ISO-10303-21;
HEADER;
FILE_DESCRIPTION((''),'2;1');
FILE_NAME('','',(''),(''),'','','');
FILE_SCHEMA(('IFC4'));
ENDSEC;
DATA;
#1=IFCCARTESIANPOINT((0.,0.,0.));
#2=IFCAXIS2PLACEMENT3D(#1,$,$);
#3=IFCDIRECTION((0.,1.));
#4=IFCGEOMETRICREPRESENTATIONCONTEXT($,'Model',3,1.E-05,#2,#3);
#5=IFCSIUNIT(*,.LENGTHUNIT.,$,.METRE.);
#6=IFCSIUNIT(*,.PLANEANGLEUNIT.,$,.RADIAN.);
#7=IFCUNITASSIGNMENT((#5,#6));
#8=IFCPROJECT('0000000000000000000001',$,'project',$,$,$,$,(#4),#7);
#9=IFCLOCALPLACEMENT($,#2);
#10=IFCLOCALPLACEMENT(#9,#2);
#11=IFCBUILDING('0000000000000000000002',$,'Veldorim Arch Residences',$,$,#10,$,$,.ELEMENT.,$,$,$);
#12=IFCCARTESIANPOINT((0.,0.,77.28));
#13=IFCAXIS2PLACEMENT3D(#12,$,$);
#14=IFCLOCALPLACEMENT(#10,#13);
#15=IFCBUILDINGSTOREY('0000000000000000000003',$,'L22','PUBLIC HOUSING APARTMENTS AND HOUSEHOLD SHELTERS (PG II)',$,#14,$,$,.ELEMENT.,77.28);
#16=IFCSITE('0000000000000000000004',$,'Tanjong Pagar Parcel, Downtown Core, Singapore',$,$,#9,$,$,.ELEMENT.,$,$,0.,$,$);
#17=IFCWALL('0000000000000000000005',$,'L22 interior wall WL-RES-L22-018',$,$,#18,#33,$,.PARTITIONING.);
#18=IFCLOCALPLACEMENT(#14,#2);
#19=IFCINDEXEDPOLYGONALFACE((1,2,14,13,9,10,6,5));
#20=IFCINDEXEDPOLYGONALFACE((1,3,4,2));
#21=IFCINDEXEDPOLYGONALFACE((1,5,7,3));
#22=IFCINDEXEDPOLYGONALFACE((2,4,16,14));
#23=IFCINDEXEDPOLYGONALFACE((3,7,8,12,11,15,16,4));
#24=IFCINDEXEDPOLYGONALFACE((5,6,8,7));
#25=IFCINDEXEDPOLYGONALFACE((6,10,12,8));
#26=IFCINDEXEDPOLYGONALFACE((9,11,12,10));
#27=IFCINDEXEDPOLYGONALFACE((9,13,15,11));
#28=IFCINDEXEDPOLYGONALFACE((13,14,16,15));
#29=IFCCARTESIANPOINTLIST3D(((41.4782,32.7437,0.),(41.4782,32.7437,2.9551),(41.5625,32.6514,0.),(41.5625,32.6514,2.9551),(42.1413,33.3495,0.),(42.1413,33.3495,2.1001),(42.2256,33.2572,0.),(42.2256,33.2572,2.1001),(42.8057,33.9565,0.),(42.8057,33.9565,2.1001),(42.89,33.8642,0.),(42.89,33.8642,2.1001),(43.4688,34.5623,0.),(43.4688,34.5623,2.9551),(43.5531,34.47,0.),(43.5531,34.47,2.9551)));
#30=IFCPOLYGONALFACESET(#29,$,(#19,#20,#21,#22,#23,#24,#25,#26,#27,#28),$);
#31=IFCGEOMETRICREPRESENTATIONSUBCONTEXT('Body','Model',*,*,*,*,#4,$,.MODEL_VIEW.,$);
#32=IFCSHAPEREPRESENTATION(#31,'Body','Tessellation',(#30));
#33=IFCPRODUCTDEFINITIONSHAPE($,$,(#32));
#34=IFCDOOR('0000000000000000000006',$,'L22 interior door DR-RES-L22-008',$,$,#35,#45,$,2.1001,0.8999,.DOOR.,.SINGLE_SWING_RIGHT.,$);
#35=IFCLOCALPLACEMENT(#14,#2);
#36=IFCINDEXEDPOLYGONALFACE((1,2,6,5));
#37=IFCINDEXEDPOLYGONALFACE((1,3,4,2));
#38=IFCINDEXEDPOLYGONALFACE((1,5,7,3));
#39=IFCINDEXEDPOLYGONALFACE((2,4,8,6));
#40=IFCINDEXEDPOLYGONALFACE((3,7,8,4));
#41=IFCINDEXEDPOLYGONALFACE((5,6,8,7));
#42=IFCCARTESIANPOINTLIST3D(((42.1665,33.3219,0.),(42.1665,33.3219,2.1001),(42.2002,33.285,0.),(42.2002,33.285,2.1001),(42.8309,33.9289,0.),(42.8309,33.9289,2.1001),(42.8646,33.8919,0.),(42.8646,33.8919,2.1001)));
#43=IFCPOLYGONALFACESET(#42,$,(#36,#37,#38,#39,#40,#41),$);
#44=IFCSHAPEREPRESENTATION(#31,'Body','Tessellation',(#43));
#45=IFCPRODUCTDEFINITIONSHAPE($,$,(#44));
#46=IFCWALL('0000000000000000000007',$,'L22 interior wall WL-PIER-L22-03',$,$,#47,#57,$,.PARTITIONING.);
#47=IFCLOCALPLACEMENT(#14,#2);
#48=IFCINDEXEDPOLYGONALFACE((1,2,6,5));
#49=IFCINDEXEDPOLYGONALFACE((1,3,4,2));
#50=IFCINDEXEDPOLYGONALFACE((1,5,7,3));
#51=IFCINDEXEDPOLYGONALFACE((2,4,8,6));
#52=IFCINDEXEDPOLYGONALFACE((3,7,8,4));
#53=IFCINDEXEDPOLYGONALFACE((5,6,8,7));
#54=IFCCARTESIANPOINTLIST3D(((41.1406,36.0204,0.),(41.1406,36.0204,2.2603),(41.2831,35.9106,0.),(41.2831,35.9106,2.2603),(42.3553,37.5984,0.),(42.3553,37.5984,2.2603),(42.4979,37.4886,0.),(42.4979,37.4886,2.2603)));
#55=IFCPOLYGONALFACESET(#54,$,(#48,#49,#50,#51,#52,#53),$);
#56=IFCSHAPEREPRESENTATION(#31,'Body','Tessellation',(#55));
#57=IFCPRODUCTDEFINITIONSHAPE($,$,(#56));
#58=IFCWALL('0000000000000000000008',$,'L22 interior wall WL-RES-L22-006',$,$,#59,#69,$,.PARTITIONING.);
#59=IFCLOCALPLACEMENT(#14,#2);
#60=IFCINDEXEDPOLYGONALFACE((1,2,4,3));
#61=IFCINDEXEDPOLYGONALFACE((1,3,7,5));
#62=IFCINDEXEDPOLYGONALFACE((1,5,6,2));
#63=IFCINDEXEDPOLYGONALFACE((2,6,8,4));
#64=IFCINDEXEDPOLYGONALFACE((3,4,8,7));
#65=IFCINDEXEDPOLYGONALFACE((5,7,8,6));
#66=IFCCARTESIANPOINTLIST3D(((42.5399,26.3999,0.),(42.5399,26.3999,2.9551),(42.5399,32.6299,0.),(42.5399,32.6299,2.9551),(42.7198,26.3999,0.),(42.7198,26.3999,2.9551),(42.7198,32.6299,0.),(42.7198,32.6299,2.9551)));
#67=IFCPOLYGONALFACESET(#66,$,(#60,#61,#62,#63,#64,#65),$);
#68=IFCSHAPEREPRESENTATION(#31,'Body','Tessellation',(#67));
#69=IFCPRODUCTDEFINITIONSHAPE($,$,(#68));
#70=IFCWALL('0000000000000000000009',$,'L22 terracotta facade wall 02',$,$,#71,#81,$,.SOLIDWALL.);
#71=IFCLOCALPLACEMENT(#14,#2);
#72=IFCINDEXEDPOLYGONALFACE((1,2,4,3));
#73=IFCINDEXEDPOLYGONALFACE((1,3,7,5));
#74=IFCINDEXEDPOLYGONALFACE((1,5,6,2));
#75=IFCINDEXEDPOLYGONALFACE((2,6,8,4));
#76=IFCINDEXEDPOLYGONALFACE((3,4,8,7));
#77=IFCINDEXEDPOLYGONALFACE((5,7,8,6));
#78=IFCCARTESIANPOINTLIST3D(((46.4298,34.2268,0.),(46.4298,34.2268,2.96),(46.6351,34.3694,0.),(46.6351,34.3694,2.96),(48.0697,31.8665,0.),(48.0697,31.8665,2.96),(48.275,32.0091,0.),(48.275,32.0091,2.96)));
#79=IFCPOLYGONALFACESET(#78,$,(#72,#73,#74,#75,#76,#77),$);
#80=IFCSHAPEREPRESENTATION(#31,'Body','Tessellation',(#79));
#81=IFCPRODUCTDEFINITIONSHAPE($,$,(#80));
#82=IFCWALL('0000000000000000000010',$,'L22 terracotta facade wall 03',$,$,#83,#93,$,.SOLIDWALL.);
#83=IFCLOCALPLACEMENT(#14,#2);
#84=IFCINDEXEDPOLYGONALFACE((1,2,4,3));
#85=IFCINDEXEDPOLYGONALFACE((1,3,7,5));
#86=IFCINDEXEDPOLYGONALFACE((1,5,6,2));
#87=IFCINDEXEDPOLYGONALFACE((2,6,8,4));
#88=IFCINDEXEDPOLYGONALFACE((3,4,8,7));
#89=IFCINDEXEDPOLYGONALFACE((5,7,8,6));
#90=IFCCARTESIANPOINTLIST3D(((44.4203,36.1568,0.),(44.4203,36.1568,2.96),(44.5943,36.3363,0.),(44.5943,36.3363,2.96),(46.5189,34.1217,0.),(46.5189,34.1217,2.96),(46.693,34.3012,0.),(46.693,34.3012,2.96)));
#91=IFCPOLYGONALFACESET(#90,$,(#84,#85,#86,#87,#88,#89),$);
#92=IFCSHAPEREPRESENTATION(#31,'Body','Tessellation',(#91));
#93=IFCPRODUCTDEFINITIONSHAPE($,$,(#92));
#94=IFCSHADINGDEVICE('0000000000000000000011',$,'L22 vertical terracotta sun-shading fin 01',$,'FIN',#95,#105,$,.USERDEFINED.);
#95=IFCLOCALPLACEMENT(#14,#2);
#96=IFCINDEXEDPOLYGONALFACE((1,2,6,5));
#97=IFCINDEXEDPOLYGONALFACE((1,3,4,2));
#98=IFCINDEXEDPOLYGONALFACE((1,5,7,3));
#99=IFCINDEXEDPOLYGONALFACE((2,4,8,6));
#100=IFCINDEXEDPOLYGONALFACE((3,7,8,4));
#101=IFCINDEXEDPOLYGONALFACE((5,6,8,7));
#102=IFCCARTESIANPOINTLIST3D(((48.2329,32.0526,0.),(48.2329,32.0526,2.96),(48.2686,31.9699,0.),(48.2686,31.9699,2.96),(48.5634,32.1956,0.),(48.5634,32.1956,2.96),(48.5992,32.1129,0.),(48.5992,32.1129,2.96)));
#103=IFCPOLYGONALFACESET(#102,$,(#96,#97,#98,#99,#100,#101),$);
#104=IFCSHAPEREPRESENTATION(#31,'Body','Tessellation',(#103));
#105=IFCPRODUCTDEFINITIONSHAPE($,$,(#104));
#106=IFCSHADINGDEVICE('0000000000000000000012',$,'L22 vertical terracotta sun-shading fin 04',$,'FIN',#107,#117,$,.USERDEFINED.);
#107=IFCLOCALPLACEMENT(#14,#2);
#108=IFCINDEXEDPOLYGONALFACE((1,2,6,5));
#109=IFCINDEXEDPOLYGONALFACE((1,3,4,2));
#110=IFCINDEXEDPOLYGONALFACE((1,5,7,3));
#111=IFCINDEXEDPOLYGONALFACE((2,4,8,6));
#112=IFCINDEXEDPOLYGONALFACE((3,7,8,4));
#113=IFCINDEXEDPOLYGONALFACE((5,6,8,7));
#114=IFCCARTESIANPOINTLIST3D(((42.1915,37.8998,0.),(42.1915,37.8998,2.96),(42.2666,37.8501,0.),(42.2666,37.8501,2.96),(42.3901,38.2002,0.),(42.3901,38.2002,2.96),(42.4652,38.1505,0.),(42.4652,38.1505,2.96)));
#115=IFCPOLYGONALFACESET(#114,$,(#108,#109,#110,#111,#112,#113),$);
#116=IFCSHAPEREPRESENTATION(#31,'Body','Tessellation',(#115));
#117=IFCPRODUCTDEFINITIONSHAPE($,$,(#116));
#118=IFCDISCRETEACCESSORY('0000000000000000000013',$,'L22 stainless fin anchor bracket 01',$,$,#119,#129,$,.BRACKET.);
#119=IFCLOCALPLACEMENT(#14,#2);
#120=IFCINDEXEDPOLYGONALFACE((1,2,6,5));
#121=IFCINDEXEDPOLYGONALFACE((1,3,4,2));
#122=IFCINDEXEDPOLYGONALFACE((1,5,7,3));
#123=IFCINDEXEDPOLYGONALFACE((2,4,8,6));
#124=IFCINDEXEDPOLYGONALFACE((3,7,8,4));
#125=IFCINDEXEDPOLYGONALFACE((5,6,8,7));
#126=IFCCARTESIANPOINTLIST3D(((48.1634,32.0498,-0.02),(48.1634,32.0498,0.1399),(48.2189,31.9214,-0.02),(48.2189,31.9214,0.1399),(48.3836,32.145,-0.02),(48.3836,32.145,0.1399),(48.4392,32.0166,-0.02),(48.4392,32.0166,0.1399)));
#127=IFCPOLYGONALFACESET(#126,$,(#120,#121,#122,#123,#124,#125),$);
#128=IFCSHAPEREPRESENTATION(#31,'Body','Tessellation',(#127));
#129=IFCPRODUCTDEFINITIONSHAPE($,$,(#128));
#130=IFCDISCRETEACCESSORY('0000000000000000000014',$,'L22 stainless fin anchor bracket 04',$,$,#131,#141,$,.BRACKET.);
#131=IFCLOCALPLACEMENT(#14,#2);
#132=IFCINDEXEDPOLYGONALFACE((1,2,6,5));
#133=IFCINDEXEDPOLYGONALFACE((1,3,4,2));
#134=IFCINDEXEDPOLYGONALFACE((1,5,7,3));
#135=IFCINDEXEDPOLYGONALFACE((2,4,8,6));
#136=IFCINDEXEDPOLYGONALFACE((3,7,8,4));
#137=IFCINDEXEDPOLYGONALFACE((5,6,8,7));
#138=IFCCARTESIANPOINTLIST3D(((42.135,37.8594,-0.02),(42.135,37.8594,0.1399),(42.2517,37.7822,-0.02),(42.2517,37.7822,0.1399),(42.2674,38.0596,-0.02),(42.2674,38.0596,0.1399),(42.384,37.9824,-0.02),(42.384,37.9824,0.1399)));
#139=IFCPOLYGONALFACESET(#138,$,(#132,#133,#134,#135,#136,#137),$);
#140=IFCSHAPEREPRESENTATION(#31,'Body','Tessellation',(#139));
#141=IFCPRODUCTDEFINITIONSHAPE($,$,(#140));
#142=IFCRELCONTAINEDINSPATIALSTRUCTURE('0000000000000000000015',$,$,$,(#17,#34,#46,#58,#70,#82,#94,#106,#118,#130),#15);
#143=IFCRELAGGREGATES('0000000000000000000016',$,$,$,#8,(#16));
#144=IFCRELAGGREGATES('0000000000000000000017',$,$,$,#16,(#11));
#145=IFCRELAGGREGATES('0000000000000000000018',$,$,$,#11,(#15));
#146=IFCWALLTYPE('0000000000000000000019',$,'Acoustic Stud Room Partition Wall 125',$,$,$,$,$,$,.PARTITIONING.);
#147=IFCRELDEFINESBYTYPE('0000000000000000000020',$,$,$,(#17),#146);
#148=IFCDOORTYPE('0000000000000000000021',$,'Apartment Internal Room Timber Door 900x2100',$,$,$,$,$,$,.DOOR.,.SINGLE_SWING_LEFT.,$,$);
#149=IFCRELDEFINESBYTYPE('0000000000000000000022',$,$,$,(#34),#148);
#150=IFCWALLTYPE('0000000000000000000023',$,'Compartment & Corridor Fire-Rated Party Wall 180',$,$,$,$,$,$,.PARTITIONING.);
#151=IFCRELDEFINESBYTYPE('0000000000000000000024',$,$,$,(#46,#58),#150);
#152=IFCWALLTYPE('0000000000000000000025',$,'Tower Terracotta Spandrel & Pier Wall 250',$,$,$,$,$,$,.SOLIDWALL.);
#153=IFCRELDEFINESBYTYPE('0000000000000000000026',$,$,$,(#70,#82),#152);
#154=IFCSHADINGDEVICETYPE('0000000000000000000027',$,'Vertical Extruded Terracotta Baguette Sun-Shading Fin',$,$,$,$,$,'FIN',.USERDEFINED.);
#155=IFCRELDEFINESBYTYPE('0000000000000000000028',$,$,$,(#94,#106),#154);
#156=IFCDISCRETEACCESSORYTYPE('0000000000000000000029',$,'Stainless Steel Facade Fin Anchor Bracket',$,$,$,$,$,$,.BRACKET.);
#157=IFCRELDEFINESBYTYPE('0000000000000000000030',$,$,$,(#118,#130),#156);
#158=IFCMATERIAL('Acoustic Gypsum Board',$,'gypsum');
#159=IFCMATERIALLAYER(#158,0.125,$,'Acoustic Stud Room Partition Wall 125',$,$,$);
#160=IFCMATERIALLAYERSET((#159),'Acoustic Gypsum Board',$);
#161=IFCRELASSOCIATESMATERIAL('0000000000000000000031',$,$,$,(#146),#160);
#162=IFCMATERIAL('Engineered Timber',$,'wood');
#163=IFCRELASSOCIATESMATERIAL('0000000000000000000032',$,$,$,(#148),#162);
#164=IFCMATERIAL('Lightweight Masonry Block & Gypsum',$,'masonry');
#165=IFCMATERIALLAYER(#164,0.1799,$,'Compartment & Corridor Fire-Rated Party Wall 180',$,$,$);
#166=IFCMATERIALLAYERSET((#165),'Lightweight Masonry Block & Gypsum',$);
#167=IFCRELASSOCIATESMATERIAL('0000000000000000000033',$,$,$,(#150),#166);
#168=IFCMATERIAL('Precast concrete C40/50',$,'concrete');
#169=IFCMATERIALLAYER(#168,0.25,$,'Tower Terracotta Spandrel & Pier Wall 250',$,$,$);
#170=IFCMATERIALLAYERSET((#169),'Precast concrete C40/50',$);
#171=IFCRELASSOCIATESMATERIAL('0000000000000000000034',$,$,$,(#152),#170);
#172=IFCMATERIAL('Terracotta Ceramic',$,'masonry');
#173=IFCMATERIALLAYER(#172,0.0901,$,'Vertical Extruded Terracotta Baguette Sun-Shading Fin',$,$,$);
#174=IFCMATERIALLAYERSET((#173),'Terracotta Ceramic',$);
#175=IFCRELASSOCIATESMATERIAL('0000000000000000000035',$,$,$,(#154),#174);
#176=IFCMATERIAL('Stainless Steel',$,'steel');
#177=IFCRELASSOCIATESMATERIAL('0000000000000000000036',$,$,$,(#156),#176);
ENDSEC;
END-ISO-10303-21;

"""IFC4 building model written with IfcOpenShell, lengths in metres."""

from ifc_helpers import new_model, si_unit, direction, frame, frame_2d, origin, origin_2d, place, context, subcontext, project, spatial, rectangle, extrude, material, layer, layer_set, type_object, element, fill, save


model = new_model("IFC4")

# Units and contexts
model_context = context("Model", 3, precision=1e-05, world=origin(), true_north=direction((0.0, 1.0)))
body_context = subcontext(model_context, "Body", "Model", "MODEL_VIEW")
ifc_project = project(units=[si_unit("LENGTHUNIT", "METRE"), si_unit("PLANEANGLEUNIT", "RADIAN")], contexts=[model_context])

# Site, building, storey
site_placement = place(None, origin())
site = spatial("IfcSite", under=ifc_project, at=site_placement, Name="Tanjong Pagar Parcel, Downtown Core, Singapore", CompositionType="ELEMENT", RefElevation=0.0)
building_placement = place(site_placement, origin())
building = spatial("IfcBuilding", under=site, at=building_placement, Name="Veldorim Arch Residences", CompositionType="ELEMENT")
storey_placement = place(building_placement, frame((0.0, 0.0, 77.28)))
storey = spatial("IfcBuildingStorey", under=building, at=storey_placement, Name="L22", Description="PUBLIC HOUSING APARTMENTS AND HOUSEHOLD SHELTERS (PG II)", CompositionType="ELEMENT", Elevation=77.28)

# Wall, opening, door
ifc_material_1 = material(Name="Acoustic Gypsum Board", Category="gypsum")
ifc_layer_1 = layer(ifc_material_1, 0.125, Name="Acoustic Stud Room Partition Wall 125")
ifc_layer_set_1 = layer_set([ifc_layer_1], Name="Acoustic Gypsum Board")
wall_type_1 = type_object("IfcWallType", Name="Acoustic Stud Room Partition Wall 125", PredefinedType="PARTITIONING", material=ifc_layer_set_1)
wall_1_placement = place(storey_placement, frame((43.511, 34.5161, 0.0), z_axis=(0.0, 0.0, 1.0), x_axis=(-0.738303, -0.674469, 0.0)))
wall_1 = element("IfcWall", 1, at=wall_1_placement, inside=storey, type_object=wall_type_1, Name="L22 interior wall WL-RES-L22-018", PredefinedType="PARTITIONING", context=body_context, shape_type="SweptSolid", body=[
    extrude(rectangle(XDim=2.6963, YDim=0.125, at=frame_2d((1.3481, 0.0))), origin(), (0.0, 0.0, 1.0), 2.9551),
])
opening_placement = place(wall_1_placement, frame((0.8982, 0.0, 0.0)))
opening = element("IfcOpeningElement", 2, at=opening_placement, cuts=wall_1, PredefinedType="OPENING", context=body_context, shape_type="SweptSolid", body=[
    extrude(rectangle(XDim=0.8999, YDim=2.1001, at=frame_2d((0.45, 1.05))), frame((0.0, 0.0725, 0.0), z_axis=(0.0, -1.0, 0.0), x_axis=(1.0, 0.0, 0.0)), (0.0, 0.0, 1.0), 0.145),
])
ifc_material_2 = material(Name="Engineered Timber", Category="wood")
door_type = type_object("IfcDoorType", Name="Apartment Internal Room Timber Door 900x2100", OperationType="SINGLE_SWING_LEFT", PredefinedType="DOOR", material=ifc_material_2)
door_placement = place(opening_placement, origin())
door = element("IfcDoor", 3, at=door_placement, inside=storey, type_object=door_type, Name="L22 interior door DR-RES-L22-008", OperationType="SINGLE_SWING_RIGHT", OverallHeight=2.1001, OverallWidth=0.8999, PredefinedType="DOOR", context=body_context, shape_type="SweptSolid", body=[
    extrude(rectangle(XDim=0.8999, YDim=2.1001, at=frame_2d((0.45, 1.05))), frame((0.0, 0.0249, 0.0), z_axis=(0.0, -1.0, 0.0), x_axis=(1.0, 0.0, 0.0)), (0.0, 0.0, 1.0), 0.05),
])
fill(opening, door)

# Walls
ifc_material_3 = material(Name="Lightweight Masonry Block & Gypsum", Category="masonry")
ifc_layer_2 = layer(ifc_material_3, 0.1799, Name="Compartment & Corridor Fire-Rated Party Wall 180")
ifc_layer_set_2 = layer_set([ifc_layer_2], Name="Lightweight Masonry Block & Gypsum")
wall_type_2 = type_object("IfcWallType", Name="Compartment & Corridor Fire-Rated Party Wall 180", PredefinedType="PARTITIONING", material=ifc_layer_set_2)
wall_2_placement = place(storey_placement, frame((41.2119, 35.9656, 0.0), z_axis=(0.0, 0.0, 1.0), x_axis=(0.609995, 0.792405, 0.0)))
element("IfcWall", 4, at=wall_2_placement, inside=storey, type_object=wall_type_2, Name="L22 interior wall WL-PIER-L22-03", PredefinedType="PARTITIONING", context=body_context, shape_type="SweptSolid", body=[
    extrude(rectangle(XDim=1.9915, YDim=0.1799, at=frame_2d((0.9956, 0.0))), origin(), (0.0, 0.0, 1.0), 2.2603),
])
wall_3_placement = place(storey_placement, frame((42.6299, 32.6299, 0.0), z_axis=(0.0, 0.0, 1.0), x_axis=(0.0, -1.0, 0.0)))
element("IfcWall", 5, at=wall_3_placement, inside=storey, type_object=wall_type_2, Name="L22 interior wall WL-RES-L22-006", PredefinedType="PARTITIONING", context=body_context, shape_type="SweptSolid", body=[
    extrude(rectangle(XDim=6.23, YDim=0.1799, at=frame_2d((3.115, 0.0))), origin(), (0.0, 0.0, 1.0), 2.9551),
])
ifc_material_4 = material(Name="Precast concrete C40/50", Category="concrete")
ifc_layer_3 = layer(ifc_material_4, 0.25, Name="Tower Terracotta Spandrel & Pier Wall 250")
ifc_layer_set_3 = layer_set([ifc_layer_3], Name="Precast concrete C40/50")
wall_type_3 = type_object("IfcWallType", Name="Tower Terracotta Spandrel & Pier Wall 250", PredefinedType="SOLIDWALL", material=ifc_layer_set_3)
wall_4_placement = place(storey_placement, frame((46.5325, 34.2981, 0.0), z_axis=(0.0, 0.0, 1.0), x_axis=(0.570574, -0.821246, 0.0)))
element("IfcWall", 6, at=wall_4_placement, inside=storey, type_object=wall_type_3, Name="L22 terracotta facade wall 02", PredefinedType="SOLIDWALL", context=body_context, shape_type="SweptSolid", body=[
    extrude(rectangle(XDim=2.874, YDim=0.25, at=frame_2d((1.437, 0.0))), origin(), (0.0, 0.0, 1.0), 2.96),
])
wall_5_placement = place(storey_placement, frame((44.5073, 36.2466, 0.0), z_axis=(0.0, 0.0, 1.0), x_axis=(0.71788, -0.696167, 0.0)))
element("IfcWall", 7, at=wall_5_placement, inside=storey, type_object=wall_type_3, Name="L22 terracotta facade wall 03", PredefinedType="SOLIDWALL", context=body_context, shape_type="SweptSolid", body=[
    extrude(rectangle(XDim=2.9233, YDim=0.25, at=frame_2d((1.4617, 0.0))), origin(), (0.0, 0.0, 1.0), 2.96),
])

# Shading devices
ifc_material_5 = material(Name="Terracotta Ceramic", Category="masonry")
ifc_layer_4 = layer(ifc_material_5, 0.0901, Name="Vertical Extruded Terracotta Baguette Sun-Shading Fin")
ifc_layer_set_4 = layer_set([ifc_layer_4], Name="Terracotta Ceramic")
shading_device_type = type_object("IfcShadingDeviceType", Name="Vertical Extruded Terracotta Baguette Sun-Shading Fin", ElementType="FIN", PredefinedType="USERDEFINED", material=ifc_layer_set_4)
for number, where, z_axis, x_axis, name in (
    (8, (48.416, 32.0828, 0.0), (0.0, 0.0, 1.0), (0.396988, -0.917824, 0.0), "L22 vertical terracotta sun-shading fin 01"),
    (9, (42.3284, 38.0251, 0.0), (0.0, 0.0, 1.0), (0.834175, -0.5515, 0.0), "L22 vertical terracotta sun-shading fin 04"),
):
    element("IfcShadingDevice", number, at=place(storey_placement, frame(where, z_axis=z_axis, x_axis=x_axis)), inside=storey, type_object=shading_device_type, Name=name, ObjectType="FIN", PredefinedType="USERDEFINED", context=body_context, shape_type="SweptSolid", body=[
        extrude(rectangle(XDim=0.0901, YDim=0.3601, at=origin_2d()), origin(), (0.0, 0.0, 1.0), 2.96),
    ])

# Discrete accessories
ifc_material_6 = material(Name="Stainless Steel", Category="steel")
discrete_accessory_type = type_object("IfcDiscreteAccessoryType", Name="Stainless Steel Facade Fin Anchor Bracket", PredefinedType="BRACKET", material=ifc_material_6)
for number, where, z_axis, x_axis, name in (
    (10, (48.3013, 32.0332, -0.02), (0.0, 0.0, 1.0), (0.396988, -0.917824, 0.0), "L22 stainless fin anchor bracket 01"),
    (11, (42.2595, 37.9209, -0.02), (0.0, 0.0, 1.0), (0.834175, -0.5515, 0.0), "L22 stainless fin anchor bracket 04"),
):
    element("IfcDiscreteAccessory", number, at=place(storey_placement, frame(where, z_axis=z_axis, x_axis=x_axis)), inside=storey, type_object=discrete_accessory_type, Name=name, PredefinedType="BRACKET", context=body_context, shape_type="SweptSolid", body=[
        extrude(rectangle(XDim=0.1399, YDim=0.24, at=origin_2d()), origin(), (0.0, 0.0, 1.0), 0.1599),
    ])

save(model, "model.ifc")
